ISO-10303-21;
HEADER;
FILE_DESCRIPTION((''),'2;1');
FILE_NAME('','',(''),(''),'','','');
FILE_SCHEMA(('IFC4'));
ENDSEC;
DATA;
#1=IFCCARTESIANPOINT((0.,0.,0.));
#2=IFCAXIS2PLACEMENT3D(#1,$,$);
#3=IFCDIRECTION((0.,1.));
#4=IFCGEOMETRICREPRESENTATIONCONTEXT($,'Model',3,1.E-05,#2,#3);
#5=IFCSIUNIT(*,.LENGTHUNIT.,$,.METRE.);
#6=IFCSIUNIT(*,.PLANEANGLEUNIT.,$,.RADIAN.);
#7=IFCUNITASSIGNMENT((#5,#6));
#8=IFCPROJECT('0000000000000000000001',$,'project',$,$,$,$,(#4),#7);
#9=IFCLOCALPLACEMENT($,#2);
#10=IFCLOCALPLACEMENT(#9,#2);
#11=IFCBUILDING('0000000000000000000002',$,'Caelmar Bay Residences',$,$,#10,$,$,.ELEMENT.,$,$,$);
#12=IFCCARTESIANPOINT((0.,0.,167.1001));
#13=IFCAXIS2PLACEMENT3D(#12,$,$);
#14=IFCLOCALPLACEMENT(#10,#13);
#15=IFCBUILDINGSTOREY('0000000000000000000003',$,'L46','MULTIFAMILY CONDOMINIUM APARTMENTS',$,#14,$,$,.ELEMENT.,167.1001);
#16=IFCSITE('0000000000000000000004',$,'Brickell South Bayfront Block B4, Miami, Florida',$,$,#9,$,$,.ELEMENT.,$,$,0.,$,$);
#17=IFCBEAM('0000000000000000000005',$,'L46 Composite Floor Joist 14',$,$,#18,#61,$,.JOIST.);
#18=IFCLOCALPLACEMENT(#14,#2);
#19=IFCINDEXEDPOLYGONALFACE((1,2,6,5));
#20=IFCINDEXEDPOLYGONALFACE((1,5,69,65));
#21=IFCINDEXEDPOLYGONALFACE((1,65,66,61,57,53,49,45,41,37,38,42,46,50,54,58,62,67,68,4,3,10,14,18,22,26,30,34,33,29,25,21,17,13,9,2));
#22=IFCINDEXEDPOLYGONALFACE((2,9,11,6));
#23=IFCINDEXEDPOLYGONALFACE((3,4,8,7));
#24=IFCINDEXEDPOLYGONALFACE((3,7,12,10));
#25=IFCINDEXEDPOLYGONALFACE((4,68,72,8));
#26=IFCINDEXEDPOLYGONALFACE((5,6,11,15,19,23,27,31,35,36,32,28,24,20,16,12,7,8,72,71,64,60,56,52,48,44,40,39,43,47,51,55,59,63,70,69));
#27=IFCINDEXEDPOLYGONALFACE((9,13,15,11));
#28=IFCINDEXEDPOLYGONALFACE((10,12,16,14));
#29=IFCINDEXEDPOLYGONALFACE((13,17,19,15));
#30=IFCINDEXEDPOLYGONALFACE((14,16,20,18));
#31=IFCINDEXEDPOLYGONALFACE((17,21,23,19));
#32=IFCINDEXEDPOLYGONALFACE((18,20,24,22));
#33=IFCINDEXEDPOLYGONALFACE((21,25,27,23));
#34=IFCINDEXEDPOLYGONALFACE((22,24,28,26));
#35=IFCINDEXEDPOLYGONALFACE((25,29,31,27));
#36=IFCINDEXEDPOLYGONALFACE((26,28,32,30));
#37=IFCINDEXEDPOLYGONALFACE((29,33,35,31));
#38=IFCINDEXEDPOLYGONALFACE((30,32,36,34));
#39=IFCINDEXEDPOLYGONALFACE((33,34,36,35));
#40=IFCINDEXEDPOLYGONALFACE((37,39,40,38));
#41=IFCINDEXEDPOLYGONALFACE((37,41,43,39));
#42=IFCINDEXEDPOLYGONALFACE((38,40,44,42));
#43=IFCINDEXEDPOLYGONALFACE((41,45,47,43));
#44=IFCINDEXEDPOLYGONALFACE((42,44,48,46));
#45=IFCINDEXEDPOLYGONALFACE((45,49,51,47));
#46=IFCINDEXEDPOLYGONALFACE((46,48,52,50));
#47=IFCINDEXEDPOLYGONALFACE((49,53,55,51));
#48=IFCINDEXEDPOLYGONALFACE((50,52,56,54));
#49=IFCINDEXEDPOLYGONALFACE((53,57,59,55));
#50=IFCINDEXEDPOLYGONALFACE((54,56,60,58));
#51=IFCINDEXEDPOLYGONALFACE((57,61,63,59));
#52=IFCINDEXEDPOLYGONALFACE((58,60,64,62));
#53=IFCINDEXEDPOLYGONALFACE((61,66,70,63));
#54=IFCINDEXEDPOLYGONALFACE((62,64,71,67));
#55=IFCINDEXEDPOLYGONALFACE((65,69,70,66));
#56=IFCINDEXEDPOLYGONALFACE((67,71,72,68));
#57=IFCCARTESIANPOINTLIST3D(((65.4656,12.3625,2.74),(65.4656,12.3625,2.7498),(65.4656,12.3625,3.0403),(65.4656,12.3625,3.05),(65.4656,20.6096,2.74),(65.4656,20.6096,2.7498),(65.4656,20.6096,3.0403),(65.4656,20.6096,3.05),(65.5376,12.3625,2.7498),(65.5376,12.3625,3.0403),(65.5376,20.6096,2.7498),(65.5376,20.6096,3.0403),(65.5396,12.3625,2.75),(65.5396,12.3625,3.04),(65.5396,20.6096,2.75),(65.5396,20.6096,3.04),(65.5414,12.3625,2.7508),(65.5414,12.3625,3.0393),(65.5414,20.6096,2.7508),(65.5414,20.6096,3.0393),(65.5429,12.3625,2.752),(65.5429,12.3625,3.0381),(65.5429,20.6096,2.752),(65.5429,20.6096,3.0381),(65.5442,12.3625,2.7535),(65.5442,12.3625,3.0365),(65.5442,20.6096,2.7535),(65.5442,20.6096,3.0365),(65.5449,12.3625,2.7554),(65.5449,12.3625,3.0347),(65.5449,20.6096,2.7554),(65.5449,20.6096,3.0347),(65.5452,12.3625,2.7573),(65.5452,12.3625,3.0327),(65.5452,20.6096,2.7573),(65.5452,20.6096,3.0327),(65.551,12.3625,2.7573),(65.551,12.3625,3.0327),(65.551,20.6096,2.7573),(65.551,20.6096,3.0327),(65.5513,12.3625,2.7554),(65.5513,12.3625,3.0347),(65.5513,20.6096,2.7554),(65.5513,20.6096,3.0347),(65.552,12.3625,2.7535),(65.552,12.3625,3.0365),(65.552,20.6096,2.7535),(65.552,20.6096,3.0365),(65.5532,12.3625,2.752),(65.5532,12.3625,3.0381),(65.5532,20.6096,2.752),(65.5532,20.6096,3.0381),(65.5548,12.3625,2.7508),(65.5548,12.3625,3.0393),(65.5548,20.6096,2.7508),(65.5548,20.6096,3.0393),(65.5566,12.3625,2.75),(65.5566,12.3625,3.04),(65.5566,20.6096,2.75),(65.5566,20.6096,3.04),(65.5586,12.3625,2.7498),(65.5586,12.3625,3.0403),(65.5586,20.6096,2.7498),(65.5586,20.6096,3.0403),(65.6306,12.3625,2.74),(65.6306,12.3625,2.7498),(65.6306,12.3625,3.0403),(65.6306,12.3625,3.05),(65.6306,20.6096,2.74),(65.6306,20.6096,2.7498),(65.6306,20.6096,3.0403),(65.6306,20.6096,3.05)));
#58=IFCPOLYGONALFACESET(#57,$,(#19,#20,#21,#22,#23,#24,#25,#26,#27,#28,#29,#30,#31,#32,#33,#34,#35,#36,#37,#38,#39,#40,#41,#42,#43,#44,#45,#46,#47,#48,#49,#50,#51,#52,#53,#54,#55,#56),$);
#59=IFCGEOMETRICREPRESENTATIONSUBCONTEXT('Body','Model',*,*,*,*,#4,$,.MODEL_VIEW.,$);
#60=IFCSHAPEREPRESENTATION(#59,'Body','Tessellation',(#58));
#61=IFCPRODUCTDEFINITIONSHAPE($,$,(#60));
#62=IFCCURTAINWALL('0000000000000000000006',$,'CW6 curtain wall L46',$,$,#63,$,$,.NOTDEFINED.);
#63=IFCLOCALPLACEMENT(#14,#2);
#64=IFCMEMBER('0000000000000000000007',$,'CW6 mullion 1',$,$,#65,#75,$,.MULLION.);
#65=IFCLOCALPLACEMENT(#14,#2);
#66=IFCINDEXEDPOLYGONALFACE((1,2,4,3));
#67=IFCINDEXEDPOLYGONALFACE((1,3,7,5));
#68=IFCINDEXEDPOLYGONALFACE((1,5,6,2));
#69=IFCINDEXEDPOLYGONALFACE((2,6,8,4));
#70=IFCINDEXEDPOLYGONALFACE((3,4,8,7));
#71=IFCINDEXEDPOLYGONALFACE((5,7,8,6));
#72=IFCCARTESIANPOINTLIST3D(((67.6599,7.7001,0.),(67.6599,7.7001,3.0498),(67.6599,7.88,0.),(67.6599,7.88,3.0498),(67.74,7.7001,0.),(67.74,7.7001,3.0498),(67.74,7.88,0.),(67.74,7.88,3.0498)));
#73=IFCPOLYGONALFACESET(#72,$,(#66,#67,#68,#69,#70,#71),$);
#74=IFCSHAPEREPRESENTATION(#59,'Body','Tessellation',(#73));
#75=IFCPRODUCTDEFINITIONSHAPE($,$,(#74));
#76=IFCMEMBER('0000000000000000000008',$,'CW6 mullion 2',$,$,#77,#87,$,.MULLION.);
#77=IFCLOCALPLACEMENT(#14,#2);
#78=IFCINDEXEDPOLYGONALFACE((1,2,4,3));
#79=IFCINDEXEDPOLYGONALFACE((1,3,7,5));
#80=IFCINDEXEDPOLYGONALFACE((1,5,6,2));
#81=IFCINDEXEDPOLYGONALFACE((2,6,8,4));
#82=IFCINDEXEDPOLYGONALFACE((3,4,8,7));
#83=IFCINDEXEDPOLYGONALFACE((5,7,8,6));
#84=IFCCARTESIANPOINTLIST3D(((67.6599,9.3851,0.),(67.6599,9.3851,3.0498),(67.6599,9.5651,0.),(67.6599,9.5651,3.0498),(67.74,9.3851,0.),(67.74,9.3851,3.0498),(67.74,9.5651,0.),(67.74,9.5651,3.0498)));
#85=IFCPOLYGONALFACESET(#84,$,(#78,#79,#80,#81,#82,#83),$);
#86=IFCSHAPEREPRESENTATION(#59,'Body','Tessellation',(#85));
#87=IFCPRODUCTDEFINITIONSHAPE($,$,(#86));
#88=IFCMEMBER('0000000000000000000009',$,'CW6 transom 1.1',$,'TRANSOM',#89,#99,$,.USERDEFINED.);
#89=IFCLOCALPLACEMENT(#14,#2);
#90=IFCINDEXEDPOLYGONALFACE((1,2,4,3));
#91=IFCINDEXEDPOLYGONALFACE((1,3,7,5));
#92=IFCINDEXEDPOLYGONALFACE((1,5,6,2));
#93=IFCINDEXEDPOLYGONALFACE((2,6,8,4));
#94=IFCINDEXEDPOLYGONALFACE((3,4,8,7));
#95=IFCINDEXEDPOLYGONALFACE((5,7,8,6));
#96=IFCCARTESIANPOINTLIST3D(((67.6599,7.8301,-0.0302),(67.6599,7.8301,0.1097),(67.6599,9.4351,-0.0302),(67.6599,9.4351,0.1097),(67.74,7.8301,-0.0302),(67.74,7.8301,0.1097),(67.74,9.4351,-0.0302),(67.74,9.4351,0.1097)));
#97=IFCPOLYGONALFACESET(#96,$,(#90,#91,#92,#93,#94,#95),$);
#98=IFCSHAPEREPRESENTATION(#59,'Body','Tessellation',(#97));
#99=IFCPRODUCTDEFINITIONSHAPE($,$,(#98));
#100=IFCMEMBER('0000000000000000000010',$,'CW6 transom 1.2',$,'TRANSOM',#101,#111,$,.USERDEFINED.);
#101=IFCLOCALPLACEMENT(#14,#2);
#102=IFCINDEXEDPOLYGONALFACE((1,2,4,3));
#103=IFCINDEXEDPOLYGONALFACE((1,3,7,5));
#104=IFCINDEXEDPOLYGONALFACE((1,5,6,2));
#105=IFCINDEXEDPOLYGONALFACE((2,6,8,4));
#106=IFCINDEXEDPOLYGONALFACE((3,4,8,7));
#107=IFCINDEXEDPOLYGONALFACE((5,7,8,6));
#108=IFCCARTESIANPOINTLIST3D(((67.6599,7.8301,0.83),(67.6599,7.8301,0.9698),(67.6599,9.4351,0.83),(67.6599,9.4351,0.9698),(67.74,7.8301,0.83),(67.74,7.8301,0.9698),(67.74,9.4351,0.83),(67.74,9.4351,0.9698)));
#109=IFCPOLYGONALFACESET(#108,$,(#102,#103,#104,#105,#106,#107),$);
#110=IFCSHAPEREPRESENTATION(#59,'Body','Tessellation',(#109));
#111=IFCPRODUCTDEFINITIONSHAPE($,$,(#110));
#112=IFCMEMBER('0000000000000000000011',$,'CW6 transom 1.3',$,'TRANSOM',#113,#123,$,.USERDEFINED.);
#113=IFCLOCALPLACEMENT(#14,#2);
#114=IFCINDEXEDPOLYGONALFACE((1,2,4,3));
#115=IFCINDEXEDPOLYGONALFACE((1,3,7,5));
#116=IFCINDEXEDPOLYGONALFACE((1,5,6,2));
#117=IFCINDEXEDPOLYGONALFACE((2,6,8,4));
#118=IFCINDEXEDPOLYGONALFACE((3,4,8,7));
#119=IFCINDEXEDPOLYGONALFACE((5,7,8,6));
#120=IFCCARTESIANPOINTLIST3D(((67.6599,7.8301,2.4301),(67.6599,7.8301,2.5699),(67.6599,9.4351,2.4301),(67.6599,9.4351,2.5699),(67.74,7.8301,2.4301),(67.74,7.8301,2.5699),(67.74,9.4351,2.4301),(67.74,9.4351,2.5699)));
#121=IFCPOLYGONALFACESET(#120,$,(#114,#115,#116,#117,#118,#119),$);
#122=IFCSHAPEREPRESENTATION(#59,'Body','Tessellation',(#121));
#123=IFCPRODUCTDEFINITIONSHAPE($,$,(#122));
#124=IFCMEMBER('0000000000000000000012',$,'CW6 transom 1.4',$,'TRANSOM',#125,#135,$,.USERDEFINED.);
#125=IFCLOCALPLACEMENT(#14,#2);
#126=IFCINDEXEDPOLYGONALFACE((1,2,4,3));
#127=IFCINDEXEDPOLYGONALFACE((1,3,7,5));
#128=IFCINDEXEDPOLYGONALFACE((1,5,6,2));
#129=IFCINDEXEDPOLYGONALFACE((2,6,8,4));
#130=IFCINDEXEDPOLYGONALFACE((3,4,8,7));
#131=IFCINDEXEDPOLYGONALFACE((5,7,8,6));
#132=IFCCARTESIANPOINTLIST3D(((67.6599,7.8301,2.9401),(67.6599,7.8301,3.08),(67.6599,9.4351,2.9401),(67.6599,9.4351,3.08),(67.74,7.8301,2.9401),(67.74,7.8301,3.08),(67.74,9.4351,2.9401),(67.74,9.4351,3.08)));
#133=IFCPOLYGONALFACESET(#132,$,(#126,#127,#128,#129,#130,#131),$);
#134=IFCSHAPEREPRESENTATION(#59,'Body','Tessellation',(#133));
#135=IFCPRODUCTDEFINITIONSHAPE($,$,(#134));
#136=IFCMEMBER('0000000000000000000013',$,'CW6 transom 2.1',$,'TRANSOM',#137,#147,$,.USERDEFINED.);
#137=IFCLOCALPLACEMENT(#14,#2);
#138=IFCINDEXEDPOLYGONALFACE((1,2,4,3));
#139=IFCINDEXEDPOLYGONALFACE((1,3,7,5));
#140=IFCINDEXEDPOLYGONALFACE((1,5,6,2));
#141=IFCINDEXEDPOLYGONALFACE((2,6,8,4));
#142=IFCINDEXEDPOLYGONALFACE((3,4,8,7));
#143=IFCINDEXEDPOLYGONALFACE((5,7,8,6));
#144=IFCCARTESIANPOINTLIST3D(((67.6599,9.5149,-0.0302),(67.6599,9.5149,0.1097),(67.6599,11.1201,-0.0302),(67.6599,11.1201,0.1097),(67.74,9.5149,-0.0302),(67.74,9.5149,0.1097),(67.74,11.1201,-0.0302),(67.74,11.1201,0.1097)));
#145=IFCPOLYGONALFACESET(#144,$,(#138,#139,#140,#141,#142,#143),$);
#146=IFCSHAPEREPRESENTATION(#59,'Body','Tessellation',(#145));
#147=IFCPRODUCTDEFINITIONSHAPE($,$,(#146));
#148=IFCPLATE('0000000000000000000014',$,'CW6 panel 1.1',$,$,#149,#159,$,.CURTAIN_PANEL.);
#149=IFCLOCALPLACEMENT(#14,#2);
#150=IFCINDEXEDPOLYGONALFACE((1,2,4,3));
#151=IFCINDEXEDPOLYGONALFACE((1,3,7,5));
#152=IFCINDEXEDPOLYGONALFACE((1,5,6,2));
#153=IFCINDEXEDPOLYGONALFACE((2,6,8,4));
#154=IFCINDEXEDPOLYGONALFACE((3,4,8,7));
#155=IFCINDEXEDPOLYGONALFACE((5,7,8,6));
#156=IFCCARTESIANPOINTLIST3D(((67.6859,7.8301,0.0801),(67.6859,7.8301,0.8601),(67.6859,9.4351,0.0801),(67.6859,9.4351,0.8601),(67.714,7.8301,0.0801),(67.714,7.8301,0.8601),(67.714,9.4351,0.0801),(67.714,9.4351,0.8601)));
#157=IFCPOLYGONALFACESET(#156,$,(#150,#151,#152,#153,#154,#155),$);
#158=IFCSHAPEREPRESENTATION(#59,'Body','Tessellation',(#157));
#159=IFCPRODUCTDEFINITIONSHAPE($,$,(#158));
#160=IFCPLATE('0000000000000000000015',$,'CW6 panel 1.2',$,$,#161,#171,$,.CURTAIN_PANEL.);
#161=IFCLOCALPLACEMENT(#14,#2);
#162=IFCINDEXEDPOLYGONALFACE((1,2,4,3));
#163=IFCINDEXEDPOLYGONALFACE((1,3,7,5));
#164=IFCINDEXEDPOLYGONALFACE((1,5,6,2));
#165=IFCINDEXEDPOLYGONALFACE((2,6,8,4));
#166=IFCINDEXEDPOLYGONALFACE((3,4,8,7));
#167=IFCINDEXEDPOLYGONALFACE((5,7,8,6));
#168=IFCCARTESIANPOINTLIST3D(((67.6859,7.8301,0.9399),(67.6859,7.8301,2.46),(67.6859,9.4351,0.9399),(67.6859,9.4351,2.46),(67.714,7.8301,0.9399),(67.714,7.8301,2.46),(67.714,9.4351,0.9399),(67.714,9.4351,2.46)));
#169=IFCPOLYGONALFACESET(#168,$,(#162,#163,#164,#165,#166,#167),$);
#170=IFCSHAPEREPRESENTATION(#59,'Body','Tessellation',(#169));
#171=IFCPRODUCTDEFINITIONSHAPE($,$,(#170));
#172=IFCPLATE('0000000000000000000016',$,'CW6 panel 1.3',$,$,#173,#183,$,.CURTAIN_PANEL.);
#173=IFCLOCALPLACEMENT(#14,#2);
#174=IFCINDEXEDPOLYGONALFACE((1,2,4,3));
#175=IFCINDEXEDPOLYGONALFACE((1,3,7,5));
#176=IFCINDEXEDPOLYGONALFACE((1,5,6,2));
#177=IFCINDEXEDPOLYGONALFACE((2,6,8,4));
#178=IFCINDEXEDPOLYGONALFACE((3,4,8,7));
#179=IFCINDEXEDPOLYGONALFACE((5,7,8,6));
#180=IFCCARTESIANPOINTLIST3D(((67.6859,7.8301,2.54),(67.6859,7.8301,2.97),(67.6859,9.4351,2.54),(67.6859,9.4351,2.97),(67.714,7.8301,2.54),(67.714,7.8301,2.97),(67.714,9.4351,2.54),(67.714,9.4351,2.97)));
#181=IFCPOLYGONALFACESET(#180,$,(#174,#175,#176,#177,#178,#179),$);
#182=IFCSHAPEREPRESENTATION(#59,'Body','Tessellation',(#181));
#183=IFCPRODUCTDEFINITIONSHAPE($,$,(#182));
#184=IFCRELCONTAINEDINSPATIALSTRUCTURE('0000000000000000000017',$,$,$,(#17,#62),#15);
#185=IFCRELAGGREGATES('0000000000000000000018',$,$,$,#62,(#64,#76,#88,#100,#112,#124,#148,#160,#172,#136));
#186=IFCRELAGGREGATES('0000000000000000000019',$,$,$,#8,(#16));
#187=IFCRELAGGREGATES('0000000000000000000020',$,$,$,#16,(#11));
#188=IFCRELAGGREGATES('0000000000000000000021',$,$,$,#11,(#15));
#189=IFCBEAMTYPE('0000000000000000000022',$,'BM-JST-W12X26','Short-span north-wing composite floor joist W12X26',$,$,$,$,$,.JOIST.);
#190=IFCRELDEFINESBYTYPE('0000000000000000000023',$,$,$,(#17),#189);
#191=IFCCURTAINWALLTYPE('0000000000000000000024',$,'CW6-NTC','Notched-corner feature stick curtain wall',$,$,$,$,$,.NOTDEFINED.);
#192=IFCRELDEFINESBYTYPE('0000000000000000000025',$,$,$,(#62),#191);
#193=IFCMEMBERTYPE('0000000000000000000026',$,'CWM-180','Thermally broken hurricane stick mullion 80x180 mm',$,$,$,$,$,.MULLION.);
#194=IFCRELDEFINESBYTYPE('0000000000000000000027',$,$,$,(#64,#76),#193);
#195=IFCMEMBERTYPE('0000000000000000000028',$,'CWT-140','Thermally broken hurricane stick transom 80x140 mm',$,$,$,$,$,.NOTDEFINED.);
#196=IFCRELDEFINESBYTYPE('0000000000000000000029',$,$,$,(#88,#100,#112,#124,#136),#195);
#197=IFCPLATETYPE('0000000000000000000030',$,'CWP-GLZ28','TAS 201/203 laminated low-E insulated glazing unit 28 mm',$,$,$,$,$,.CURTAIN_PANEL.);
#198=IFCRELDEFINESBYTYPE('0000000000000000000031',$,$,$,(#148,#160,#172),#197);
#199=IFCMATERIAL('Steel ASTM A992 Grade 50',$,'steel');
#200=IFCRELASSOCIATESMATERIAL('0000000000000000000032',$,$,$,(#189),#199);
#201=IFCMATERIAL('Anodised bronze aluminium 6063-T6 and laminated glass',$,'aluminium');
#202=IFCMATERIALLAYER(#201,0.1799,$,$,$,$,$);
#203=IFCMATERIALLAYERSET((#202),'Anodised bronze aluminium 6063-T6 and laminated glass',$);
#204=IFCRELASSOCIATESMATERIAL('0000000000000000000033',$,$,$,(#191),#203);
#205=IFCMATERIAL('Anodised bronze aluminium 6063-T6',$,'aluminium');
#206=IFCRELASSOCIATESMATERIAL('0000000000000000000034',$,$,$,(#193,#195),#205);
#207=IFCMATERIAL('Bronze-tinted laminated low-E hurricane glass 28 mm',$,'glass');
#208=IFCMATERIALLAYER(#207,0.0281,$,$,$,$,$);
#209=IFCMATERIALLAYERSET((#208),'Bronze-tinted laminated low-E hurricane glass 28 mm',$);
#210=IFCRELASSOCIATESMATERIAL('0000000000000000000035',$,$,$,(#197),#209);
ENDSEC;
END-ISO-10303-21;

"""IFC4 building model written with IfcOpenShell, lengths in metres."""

from ifc_helpers import new_model, si_unit, direction, frame, origin, origin_2d, place, context, subcontext, project, spatial, rectangle, i_section, extrude, material, layer, layer_set, material_profile, profile_set, type_object, element, aggregate, save


model = new_model("IFC4")

# Units and contexts
model_context = context("Model", 3, precision=1e-05, world=origin(), true_north=direction((0.0, 1.0)))
body_context = subcontext(model_context, "Body", "Model", "MODEL_VIEW")
ifc_project = project(units=[si_unit("LENGTHUNIT", "METRE"), si_unit("PLANEANGLEUNIT", "RADIAN")], contexts=[model_context])

# Site, building, storey
site_placement = place(None, origin())
site = spatial("IfcSite", under=ifc_project, at=site_placement, Name="Brickell South Bayfront Block B4, Miami, Florida", CompositionType="ELEMENT", RefElevation=0.0)
building_placement = place(site_placement, origin())
building = spatial("IfcBuilding", under=site, at=building_placement, Name="Caelmar Bay Residences", CompositionType="ELEMENT")
storey_placement = place(building_placement, frame((0.0, 0.0, 167.1001)))
storey = spatial("IfcBuildingStorey", under=building, at=storey_placement, Name="L46", Description="MULTIFAMILY CONDOMINIUM APARTMENTS", CompositionType="ELEMENT", Elevation=167.1001)

# Beam
ifc_material_1 = material(Name="Steel ASTM A992 Grade 50", Category="steel")
ifc_material_profile_1 = material_profile(ifc_material_1, i_section(OverallWidth=0.165, OverallDepth=0.3101, WebThickness=0.0059, FlangeThickness=0.0098, FilletRadius=0.0076, at=origin_2d()), Name="W12X26")
ifc_profile_set_1 = profile_set([ifc_material_profile_1], Name="Steel ASTM A992 Grade 50")
beam_type = type_object("IfcBeamType", Name="BM-JST-W12X26", Description="Short-span north-wing composite floor joist W12X26", PredefinedType="JOIST", material=ifc_profile_set_1)
beam_placement = place(storey_placement, frame((65.5481, 12.3625, 2.895), z_axis=(0.0, 1.0, 0.0), x_axis=(-1.0, 0.0, 0.0)))
element("IfcBeam", 1, at=beam_placement, inside=storey, type_object=beam_type, Name="L46 Composite Floor Joist 14", PredefinedType="JOIST", context=body_context, shape_type="SweptSolid", body=[
    extrude(i_section(OverallWidth=0.165, OverallDepth=0.3101, WebThickness=0.0059, FlangeThickness=0.0098, FilletRadius=0.0076, at=origin_2d()), origin(), (0.0, 0.0, 1.0), 8.2471),
])

# Curtain wall, members, plates
ifc_material_2 = material(Name="Anodised bronze aluminium 6063-T6 and laminated glass", Category="aluminium")
ifc_layer_1 = layer(ifc_material_2, 0.1799)
ifc_layer_set_1 = layer_set([ifc_layer_1], Name="Anodised bronze aluminium 6063-T6 and laminated glass")
curtain_wall_type = type_object("IfcCurtainWallType", Name="CW6-NTC", Description="Notched-corner feature stick curtain wall", PredefinedType="NOTDEFINED", material=ifc_layer_set_1)
curtain_wall_placement = place(storey_placement, origin())
curtain_wall = element("IfcCurtainWall", 2, at=curtain_wall_placement, inside=storey, type_object=curtain_wall_type, Name="CW6 curtain wall L46", PredefinedType="NOTDEFINED")
ifc_material_3 = material(Name="Anodised bronze aluminium 6063-T6", Category="aluminium")
ifc_material_profile_2 = material_profile(ifc_material_3, rectangle(XDim=0.0801, YDim=0.1799, at=origin_2d()), Name="CWM-80X180")
ifc_profile_set_2 = profile_set([ifc_material_profile_2], Name="Anodised bronze aluminium 6063-T6")
member_type_1 = type_object("IfcMemberType", Name="CWM-180", Description="Thermally broken hurricane stick mullion 80x180 mm", PredefinedType="MULLION", material=ifc_profile_set_2)
member_1_placement = place(storey_placement, frame((67.7, 7.79, 0.0), z_axis=(0.0, 0.0, 1.0), x_axis=(-1.0, 0.0, 0.0)))
member_1 = element("IfcMember", 3, at=member_1_placement, type_object=member_type_1, Name="CW6 mullion 1", PredefinedType="MULLION", context=body_context, shape_type="SweptSolid", body=[
    extrude(rectangle(XDim=0.0801, YDim=0.1799, at=origin_2d()), origin(), (0.0, 0.0, 1.0), 3.0498),
])
member_2_placement = place(storey_placement, frame((67.7, 9.4751, 0.0), z_axis=(0.0, 0.0, 1.0), x_axis=(-1.0, 0.0, 0.0)))
member_2 = element("IfcMember", 4, at=member_2_placement, type_object=member_type_1, Name="CW6 mullion 2", PredefinedType="MULLION", context=body_context, shape_type="SweptSolid", body=[
    extrude(rectangle(XDim=0.0801, YDim=0.1799, at=origin_2d()), origin(), (0.0, 0.0, 1.0), 3.0498),
])
ifc_material_profile_3 = material_profile(ifc_material_3, rectangle(XDim=0.0801, YDim=0.1399, at=origin_2d()), Name="CWT-80X140")
ifc_profile_set_3 = profile_set([ifc_material_profile_3], Name="Anodised bronze aluminium 6063-T6")
member_type_2 = type_object("IfcMemberType", Name="CWT-140", Description="Thermally broken hurricane stick transom 80x140 mm", PredefinedType="NOTDEFINED", material=ifc_profile_set_3)
member_3_placement = place(storey_placement, frame((67.7, 7.8301, 0.0398), z_axis=(0.0, 1.0, 0.0), x_axis=(-1.0, 0.0, 0.0)))
member_3 = element("IfcMember", 5, at=member_3_placement, type_object=member_type_2, Name="CW6 transom 1.1", ObjectType="TRANSOM", PredefinedType="USERDEFINED", context=body_context, shape_type="SweptSolid", body=[
    extrude(rectangle(XDim=0.0801, YDim=0.1399, at=origin_2d()), origin(), (0.0, 0.0, 1.0), 1.605),
])
member_4_placement = place(storey_placement, frame((67.7, 7.8301, 0.8999), z_axis=(0.0, 1.0, 0.0), x_axis=(-1.0, 0.0, 0.0)))
member_4 = element("IfcMember", 6, at=member_4_placement, type_object=member_type_2, Name="CW6 transom 1.2", ObjectType="TRANSOM", PredefinedType="USERDEFINED", context=body_context, shape_type="SweptSolid", body=[
    extrude(rectangle(XDim=0.0801, YDim=0.1399, at=origin_2d()), origin(), (0.0, 0.0, 1.0), 1.605),
])
member_5_placement = place(storey_placement, frame((67.7, 7.8301, 2.5), z_axis=(0.0, 1.0, 0.0), x_axis=(-1.0, 0.0, 0.0)))
member_5 = element("IfcMember", 7, at=member_5_placement, type_object=member_type_2, Name="CW6 transom 1.3", ObjectType="TRANSOM", PredefinedType="USERDEFINED", context=body_context, shape_type="SweptSolid", body=[
    extrude(rectangle(XDim=0.0801, YDim=0.1399, at=origin_2d()), origin(), (0.0, 0.0, 1.0), 1.605),
])
member_6_placement = place(storey_placement, frame((67.7, 7.8301, 3.01), z_axis=(0.0, 1.0, 0.0), x_axis=(-1.0, 0.0, 0.0)))
member_6 = element("IfcMember", 8, at=member_6_placement, type_object=member_type_2, Name="CW6 transom 1.4", ObjectType="TRANSOM", PredefinedType="USERDEFINED", context=body_context, shape_type="SweptSolid", body=[
    extrude(rectangle(XDim=0.0801, YDim=0.1399, at=origin_2d()), origin(), (0.0, 0.0, 1.0), 1.605),
])
member_7_placement = place(storey_placement, frame((67.7, 9.5149, 0.0398), z_axis=(0.0, 1.0, 0.0), x_axis=(-1.0, 0.0, 0.0)))
member_7 = element("IfcMember", 9, at=member_7_placement, type_object=member_type_2, Name="CW6 transom 2.1", ObjectType="TRANSOM", PredefinedType="USERDEFINED", context=body_context, shape_type="SweptSolid", body=[
    extrude(rectangle(XDim=0.0801, YDim=0.1399, at=origin_2d()), origin(), (0.0, 0.0, 1.0), 1.6052),
])
ifc_material_4 = material(Name="Bronze-tinted laminated low-E hurricane glass 28 mm", Category="glass")
ifc_layer_2 = layer(ifc_material_4, 0.0281)
ifc_layer_set_2 = layer_set([ifc_layer_2], Name="Bronze-tinted laminated low-E hurricane glass 28 mm")
plate_type = type_object("IfcPlateType", Name="CWP-GLZ28", Description="TAS 201/203 laminated low-E insulated glazing unit 28 mm", PredefinedType="CURTAIN_PANEL", material=ifc_layer_set_2)
plate_1_placement = place(storey_placement, frame((67.7, 8.6326, 0.0801), z_axis=(0.0, 0.0, 1.0), x_axis=(0.0, 1.0, 0.0)))
plate_1 = element("IfcPlate", 10, at=plate_1_placement, type_object=plate_type, Name="CW6 panel 1.1", PredefinedType="CURTAIN_PANEL", context=body_context, shape_type="SweptSolid", body=[
    extrude(rectangle(XDim=1.605, YDim=0.0281, at=origin_2d()), origin(), (0.0, 0.0, 1.0), 0.78),
])
plate_2_placement = place(storey_placement, frame((67.7, 8.6326, 0.9399), z_axis=(0.0, 0.0, 1.0), x_axis=(0.0, 1.0, 0.0)))
plate_2 = element("IfcPlate", 11, at=plate_2_placement, type_object=plate_type, Name="CW6 panel 1.2", PredefinedType="CURTAIN_PANEL", context=body_context, shape_type="SweptSolid", body=[
    extrude(rectangle(XDim=1.605, YDim=0.0281, at=origin_2d()), origin(), (0.0, 0.0, 1.0), 1.52),
])
plate_3_placement = place(storey_placement, frame((67.7, 8.6326, 2.54), z_axis=(0.0, 0.0, 1.0), x_axis=(0.0, 1.0, 0.0)))
plate_3 = element("IfcPlate", 12, at=plate_3_placement, type_object=plate_type, Name="CW6 panel 1.3", PredefinedType="CURTAIN_PANEL", context=body_context, shape_type="SweptSolid", body=[
    extrude(rectangle(XDim=1.605, YDim=0.0281, at=origin_2d()), origin(), (0.0, 0.0, 1.0), 0.4299),
])
aggregate(curtain_wall, [member_1, member_2, member_3, member_4, member_5, member_6, plate_1, plate_2, plate_3, member_7])

save(model, "model.ifc")
